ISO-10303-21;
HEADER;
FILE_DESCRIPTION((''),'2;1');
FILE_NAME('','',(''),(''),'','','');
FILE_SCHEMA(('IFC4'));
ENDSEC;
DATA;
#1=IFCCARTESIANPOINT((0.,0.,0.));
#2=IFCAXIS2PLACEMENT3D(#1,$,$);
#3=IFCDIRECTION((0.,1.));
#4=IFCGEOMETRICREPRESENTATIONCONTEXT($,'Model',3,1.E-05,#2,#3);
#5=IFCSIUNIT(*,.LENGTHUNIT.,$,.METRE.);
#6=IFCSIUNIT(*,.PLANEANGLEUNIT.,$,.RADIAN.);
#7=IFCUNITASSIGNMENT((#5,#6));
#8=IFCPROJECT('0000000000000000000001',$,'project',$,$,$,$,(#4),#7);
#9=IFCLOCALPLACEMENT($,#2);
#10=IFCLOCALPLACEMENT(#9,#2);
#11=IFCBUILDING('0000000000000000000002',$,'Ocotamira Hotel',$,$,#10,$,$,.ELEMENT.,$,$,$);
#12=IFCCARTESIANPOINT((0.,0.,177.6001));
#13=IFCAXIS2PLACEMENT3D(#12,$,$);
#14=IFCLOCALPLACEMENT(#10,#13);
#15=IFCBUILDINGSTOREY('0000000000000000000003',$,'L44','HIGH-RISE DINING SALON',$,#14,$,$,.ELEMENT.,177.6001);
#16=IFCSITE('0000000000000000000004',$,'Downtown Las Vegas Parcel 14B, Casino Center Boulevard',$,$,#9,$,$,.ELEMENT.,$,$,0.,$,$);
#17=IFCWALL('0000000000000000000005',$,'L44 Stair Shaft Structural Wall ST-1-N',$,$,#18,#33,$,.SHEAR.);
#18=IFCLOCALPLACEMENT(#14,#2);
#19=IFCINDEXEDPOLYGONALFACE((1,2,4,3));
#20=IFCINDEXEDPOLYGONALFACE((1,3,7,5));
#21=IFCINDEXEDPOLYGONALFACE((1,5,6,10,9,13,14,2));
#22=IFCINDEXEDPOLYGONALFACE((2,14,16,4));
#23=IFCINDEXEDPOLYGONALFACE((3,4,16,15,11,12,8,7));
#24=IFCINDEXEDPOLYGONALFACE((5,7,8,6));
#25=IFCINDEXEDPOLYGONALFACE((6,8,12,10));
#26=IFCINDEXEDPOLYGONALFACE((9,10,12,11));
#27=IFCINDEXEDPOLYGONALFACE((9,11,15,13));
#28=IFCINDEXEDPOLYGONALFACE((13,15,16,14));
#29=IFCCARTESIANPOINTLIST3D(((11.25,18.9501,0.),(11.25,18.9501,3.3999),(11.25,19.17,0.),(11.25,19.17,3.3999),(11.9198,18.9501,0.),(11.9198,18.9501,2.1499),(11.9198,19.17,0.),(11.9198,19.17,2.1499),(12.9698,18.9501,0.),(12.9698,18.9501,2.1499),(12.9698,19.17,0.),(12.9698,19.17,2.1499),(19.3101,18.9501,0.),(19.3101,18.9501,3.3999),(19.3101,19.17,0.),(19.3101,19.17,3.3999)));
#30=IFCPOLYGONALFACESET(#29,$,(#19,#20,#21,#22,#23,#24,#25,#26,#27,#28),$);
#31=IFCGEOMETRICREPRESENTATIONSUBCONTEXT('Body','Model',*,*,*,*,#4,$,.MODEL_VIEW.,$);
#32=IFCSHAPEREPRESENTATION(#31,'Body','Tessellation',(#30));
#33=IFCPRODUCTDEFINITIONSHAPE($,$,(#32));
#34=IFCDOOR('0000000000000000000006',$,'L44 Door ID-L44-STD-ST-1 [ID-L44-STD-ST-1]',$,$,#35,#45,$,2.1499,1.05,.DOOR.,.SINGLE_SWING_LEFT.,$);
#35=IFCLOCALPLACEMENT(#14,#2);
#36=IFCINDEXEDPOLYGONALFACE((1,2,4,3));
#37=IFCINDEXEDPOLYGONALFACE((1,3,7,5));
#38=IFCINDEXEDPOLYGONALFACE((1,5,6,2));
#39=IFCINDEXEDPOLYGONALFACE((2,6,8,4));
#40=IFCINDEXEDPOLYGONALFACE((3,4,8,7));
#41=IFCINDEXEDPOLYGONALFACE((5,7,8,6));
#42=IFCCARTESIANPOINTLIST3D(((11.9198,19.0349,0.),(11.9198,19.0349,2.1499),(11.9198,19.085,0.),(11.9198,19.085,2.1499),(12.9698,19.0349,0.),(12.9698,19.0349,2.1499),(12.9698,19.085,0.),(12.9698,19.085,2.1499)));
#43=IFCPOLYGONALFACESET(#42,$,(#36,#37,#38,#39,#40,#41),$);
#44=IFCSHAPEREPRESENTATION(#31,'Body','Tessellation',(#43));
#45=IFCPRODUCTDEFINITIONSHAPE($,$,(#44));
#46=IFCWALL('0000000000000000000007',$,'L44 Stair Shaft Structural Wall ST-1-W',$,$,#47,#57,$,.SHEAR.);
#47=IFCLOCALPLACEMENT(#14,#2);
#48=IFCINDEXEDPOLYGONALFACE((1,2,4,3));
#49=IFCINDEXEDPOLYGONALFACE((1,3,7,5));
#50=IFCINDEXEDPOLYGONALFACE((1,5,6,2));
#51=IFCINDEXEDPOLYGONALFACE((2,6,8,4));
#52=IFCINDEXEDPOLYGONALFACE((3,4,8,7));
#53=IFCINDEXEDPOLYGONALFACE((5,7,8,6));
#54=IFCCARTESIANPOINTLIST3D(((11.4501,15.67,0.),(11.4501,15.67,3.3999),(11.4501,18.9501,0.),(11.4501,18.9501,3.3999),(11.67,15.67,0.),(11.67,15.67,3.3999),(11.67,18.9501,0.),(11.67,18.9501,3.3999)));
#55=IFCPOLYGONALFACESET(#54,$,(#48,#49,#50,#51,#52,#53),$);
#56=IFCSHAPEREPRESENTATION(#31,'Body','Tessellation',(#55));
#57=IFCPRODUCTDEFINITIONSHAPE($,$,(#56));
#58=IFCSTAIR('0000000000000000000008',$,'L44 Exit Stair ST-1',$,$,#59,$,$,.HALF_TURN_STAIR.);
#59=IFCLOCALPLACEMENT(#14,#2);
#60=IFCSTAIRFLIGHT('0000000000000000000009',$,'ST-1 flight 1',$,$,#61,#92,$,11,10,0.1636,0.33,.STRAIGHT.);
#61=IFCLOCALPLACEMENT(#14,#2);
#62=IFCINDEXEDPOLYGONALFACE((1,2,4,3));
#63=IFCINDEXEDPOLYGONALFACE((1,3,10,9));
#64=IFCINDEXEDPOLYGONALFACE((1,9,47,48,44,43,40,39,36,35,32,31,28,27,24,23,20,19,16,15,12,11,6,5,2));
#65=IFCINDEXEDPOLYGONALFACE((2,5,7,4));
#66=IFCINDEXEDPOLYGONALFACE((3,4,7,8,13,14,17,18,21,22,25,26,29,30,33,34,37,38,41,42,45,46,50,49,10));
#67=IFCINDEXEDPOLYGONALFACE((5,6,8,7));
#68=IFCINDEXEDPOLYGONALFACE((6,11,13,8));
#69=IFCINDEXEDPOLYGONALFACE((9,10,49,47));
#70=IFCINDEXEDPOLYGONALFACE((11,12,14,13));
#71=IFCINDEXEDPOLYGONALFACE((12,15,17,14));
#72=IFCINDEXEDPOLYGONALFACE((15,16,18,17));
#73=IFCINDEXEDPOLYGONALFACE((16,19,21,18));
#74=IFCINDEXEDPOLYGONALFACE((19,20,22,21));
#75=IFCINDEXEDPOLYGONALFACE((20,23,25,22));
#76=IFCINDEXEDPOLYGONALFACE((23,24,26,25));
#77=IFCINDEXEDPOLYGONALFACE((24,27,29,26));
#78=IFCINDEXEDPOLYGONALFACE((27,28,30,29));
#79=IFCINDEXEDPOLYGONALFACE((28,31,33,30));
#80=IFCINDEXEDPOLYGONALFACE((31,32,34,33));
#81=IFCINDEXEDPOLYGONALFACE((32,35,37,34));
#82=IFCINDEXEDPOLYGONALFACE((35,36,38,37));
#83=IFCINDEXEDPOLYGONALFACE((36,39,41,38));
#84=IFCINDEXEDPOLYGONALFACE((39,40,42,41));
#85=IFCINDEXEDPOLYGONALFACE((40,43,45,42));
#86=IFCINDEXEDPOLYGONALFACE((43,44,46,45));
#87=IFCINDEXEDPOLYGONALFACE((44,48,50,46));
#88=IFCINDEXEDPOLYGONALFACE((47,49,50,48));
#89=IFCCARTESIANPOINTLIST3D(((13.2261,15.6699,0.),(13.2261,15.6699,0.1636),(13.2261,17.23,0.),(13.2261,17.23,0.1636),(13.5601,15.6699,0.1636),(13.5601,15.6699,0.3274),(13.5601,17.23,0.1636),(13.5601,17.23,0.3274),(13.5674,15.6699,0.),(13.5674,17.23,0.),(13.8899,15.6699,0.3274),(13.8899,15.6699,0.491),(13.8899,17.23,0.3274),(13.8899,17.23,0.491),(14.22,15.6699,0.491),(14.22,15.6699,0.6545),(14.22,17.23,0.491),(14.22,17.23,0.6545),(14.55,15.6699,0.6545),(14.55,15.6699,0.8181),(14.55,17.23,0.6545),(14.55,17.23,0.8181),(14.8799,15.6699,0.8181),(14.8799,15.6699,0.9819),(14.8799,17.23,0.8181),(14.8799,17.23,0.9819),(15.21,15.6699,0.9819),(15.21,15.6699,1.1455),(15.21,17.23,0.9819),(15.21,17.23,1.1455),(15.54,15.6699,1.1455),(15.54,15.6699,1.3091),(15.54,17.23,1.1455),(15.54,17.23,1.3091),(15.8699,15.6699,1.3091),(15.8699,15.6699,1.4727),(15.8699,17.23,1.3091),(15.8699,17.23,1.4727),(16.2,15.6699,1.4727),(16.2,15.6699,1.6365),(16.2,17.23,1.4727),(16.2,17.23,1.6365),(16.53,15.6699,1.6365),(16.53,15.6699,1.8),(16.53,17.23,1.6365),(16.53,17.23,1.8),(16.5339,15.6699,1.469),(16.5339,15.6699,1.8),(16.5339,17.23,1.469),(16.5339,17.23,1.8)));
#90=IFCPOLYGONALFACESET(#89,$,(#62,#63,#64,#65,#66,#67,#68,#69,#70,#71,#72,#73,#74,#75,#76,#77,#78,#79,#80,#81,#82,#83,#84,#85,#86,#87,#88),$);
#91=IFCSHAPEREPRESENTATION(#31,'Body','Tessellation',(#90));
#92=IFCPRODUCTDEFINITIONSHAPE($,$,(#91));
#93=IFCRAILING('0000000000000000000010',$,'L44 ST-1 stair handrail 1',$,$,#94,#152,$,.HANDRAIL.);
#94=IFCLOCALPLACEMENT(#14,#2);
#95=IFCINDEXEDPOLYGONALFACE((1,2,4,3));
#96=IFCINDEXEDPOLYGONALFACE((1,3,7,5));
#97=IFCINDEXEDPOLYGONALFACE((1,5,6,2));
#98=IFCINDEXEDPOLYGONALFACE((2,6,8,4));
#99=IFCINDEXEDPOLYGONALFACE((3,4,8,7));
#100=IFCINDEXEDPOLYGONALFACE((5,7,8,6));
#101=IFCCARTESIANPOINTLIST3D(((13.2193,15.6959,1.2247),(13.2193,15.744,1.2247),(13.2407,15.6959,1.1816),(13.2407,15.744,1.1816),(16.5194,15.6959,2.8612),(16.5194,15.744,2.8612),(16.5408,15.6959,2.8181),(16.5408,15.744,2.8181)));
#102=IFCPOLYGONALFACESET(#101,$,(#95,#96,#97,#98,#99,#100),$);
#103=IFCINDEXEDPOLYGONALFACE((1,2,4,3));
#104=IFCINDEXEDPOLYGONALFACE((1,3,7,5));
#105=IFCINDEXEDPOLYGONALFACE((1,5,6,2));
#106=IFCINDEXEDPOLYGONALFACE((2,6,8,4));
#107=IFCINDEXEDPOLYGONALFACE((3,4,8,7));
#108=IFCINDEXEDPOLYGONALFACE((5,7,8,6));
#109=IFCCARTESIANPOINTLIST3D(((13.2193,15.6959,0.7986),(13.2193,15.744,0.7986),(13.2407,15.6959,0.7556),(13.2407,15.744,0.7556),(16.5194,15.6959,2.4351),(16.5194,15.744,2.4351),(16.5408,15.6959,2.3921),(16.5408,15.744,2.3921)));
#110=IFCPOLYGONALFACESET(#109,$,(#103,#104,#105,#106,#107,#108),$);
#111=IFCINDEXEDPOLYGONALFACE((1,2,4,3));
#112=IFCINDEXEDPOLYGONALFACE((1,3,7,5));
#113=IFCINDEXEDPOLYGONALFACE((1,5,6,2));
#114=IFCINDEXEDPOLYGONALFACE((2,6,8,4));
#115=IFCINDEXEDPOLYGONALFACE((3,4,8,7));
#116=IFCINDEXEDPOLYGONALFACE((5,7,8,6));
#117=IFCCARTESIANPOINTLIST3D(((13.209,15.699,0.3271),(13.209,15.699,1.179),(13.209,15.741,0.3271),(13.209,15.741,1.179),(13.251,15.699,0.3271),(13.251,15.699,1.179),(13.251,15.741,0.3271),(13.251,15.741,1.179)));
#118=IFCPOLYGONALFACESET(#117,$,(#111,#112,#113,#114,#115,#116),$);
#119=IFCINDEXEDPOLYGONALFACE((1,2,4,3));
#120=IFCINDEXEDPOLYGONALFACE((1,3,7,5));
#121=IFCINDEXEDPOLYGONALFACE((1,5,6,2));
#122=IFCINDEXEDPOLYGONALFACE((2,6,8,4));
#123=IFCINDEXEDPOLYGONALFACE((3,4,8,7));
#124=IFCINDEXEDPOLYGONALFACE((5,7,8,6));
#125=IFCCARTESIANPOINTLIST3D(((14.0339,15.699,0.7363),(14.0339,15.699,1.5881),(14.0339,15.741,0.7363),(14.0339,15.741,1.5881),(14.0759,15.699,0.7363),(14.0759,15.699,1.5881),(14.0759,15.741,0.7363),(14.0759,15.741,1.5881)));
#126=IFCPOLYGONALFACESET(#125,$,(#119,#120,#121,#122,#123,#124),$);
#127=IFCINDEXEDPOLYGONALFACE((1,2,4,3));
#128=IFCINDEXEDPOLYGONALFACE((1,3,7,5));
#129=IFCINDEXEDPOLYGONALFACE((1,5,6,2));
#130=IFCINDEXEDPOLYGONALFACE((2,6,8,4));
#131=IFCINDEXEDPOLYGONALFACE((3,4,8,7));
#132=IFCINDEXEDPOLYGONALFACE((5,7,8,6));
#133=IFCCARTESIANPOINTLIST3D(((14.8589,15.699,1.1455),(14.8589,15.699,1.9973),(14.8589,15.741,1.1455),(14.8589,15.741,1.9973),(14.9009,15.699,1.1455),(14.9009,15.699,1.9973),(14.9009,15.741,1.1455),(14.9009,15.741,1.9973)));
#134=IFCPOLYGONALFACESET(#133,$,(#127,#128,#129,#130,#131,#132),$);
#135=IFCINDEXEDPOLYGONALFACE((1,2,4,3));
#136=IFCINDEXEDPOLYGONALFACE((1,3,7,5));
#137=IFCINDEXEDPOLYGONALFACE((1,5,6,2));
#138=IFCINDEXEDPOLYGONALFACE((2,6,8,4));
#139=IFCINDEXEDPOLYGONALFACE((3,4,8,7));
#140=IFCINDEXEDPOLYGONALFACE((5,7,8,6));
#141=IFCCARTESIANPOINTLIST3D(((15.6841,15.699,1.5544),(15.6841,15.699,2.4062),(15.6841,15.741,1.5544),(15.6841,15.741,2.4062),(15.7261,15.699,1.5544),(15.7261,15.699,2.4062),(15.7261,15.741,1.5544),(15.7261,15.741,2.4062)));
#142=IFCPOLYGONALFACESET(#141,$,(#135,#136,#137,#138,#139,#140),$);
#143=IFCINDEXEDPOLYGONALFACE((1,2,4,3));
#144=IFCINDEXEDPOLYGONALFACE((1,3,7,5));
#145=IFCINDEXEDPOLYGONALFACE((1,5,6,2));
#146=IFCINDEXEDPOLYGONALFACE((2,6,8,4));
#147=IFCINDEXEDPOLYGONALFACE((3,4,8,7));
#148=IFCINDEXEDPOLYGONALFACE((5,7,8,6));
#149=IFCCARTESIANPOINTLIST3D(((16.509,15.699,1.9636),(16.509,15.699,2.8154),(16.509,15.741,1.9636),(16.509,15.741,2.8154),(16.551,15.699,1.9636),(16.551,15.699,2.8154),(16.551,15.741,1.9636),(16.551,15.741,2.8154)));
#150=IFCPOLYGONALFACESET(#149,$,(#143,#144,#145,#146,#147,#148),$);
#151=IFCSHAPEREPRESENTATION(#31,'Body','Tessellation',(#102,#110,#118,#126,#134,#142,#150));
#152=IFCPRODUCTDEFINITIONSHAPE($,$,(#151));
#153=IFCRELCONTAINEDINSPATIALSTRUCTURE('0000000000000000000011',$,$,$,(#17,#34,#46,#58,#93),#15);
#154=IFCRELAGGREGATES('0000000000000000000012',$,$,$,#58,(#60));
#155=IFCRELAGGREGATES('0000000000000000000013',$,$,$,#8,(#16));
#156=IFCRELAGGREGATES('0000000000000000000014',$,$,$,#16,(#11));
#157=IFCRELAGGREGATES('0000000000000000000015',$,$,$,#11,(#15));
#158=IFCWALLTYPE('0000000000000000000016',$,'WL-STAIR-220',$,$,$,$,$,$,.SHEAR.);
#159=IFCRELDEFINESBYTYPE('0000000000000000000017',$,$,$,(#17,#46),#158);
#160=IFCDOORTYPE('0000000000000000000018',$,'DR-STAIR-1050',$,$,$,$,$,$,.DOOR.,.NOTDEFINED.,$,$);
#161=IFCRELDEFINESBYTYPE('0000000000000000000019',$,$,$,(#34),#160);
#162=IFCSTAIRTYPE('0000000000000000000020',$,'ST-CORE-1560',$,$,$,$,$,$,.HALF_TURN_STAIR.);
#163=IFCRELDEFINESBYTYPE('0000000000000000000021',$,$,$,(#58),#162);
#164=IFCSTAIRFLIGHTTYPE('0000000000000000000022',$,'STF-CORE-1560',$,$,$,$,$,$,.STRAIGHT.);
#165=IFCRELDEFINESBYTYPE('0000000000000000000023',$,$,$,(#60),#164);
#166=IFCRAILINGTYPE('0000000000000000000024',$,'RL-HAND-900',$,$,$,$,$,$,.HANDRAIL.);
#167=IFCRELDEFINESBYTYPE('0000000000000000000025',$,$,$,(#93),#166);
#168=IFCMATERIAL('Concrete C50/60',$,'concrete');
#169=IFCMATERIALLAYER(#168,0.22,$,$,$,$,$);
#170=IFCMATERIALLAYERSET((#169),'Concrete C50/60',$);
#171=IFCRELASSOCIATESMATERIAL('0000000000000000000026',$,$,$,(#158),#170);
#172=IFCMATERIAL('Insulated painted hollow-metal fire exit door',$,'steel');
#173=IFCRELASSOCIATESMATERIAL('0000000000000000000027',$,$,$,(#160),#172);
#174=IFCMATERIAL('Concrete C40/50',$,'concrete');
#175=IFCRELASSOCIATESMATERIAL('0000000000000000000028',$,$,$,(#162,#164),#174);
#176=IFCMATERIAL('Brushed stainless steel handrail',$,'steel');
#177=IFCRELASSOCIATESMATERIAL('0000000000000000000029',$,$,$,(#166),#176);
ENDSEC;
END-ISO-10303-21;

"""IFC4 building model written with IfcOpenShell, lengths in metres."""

from ifc_helpers import new_model, si_unit, direction, frame, frame_2d, origin, origin_2d, place, context, subcontext, project, spatial, polyline, rectangle, outline, extrude, source, transform, mapped, material, layer, layer_set, type_object, element, fill, aggregate, save


model = new_model("IFC4")

# Units and contexts
model_context = context("Model", 3, precision=1e-05, world=origin(), true_north=direction((0.0, 1.0)))
body_context = subcontext(model_context, "Body", "Model", "MODEL_VIEW")
ifc_project = project(units=[si_unit("LENGTHUNIT", "METRE"), si_unit("PLANEANGLEUNIT", "RADIAN")], contexts=[model_context])

# Site, building, storey
site_placement = place(None, origin())
site = spatial("IfcSite", under=ifc_project, at=site_placement, Name="Downtown Las Vegas Parcel 14B, Casino Center Boulevard", CompositionType="ELEMENT", RefElevation=0.0)
building_placement = place(site_placement, origin())
building = spatial("IfcBuilding", under=site, at=building_placement, Name="Ocotamira Hotel", CompositionType="ELEMENT")
storey_placement = place(building_placement, frame((0.0, 0.0, 177.6001)))
storey = spatial("IfcBuildingStorey", under=building, at=storey_placement, Name="L44", Description="HIGH-RISE DINING SALON", CompositionType="ELEMENT", Elevation=177.6001)

# Shared definitions
ifc_material_1 = material(Name="Concrete C50/60", Category="concrete")

# Shared definitions
ifc_layer_1 = layer(ifc_material_1, 0.22)
ifc_layer_set_1 = layer_set([ifc_layer_1], Name="Concrete C50/60")
wall_type_1 = type_object("IfcWallType", Name="WL-STAIR-220", PredefinedType="SHEAR", material=ifc_layer_set_1)

# Wall, opening, door
wall_1_placement = place(storey_placement, frame((11.25, 19.0601, 0.0), z_axis=(0.0, 0.0, 1.0), x_axis=(1.0, 0.0, 0.0)))
wall_1 = element("IfcWall", 1, at=wall_1_placement, inside=storey, type_object=wall_type_1, Name="L44 Stair Shaft Structural Wall ST-1-N", PredefinedType="SHEAR", context=body_context, shape_type="SweptSolid", body=[
    extrude(rectangle(XDim=8.0601, YDim=0.22, at=frame_2d((4.03, 0.0))), origin(), (0.0, 0.0, 1.0), 3.3999),
])
opening_1_placement = place(wall_1_placement, frame((0.6699, 0.0, 0.0)))
opening_1 = element("IfcOpeningElement", 2, at=opening_1_placement, cuts=wall_1, PredefinedType="OPENING", context=body_context, shape_type="SweptSolid", body=[
    extrude(rectangle(XDim=1.05, YDim=2.1499, at=frame_2d((0.5249, 1.075))), frame((0.0, 0.1201, 0.0), z_axis=(0.0, -1.0, 0.0), x_axis=(1.0, 0.0, 0.0)), (0.0, 0.0, 1.0), 0.24),
])
ifc_material_2 = material(Name="Insulated painted hollow-metal fire exit door", Category="steel")
door_type_1 = type_object("IfcDoorType", Name="DR-STAIR-1050", OperationType="NOTDEFINED", PredefinedType="DOOR", material=ifc_material_2)
shared_shape_1 = source(origin(), body_context, "Body", "SweptSolid", [
    extrude(rectangle(XDim=1.05, YDim=2.1499, at=frame_2d((0.5249, 1.075))), frame((0.0, 0.0249, 0.0), z_axis=(0.0, -1.0, 0.0), x_axis=(1.0, 0.0, 0.0)), (0.0, 0.0, 1.0), 0.05),
])
door_1_placement = place(opening_1_placement, origin())
door_1 = element("IfcDoor", 3, at=door_1_placement, inside=storey, type_object=door_type_1, Name="L44 Door ID-L44-STD-ST-1 [ID-L44-STD-ST-1]", OperationType="SINGLE_SWING_LEFT", OverallHeight=2.1499, OverallWidth=1.05, PredefinedType="DOOR", context=body_context, shape_type="MappedRepresentation", body=[
    mapped(shared_shape_1, transform((0.0, 0.0, 0.0), scale=1.0)),
])
fill(opening_1, door_1)

# Wall
wall_2_placement = place(storey_placement, frame((11.5601, 15.6699, 0.0), z_axis=(0.0, 0.0, 1.0), x_axis=(0.0, 1.0, 0.0)))
element("IfcWall", 4, at=wall_2_placement, inside=storey, type_object=wall_type_1, Name="L44 Stair Shaft Structural Wall ST-1-W", PredefinedType="SHEAR", context=body_context, shape_type="SweptSolid", body=[
    extrude(rectangle(XDim=3.28, YDim=0.22, at=frame_2d((1.6401, 0.0))), origin(), (0.0, 0.0, 1.0), 3.3999),
])

# Stair, stair flight
ifc_material_3 = material(Name="Concrete C40/50", Category="concrete")
stair_type = type_object("IfcStairType", Name="ST-CORE-1560", PredefinedType="HALF_TURN_STAIR", material=ifc_material_3)
stair_placement = place(storey_placement, origin())
stair = element("IfcStair", 5, at=stair_placement, inside=storey, type_object=stair_type, Name="L44 Exit Stair ST-1", PredefinedType="HALF_TURN_STAIR")
stair_flight_type = type_object("IfcStairFlightType", Name="STF-CORE-1560", PredefinedType="STRAIGHT", material=ifc_material_3)
shared_shape_2 = source(origin(), body_context, "Body", "SweptSolid", [
    extrude(outline(polyline([(-0.0039, 0.0), (-0.0039, 0.1636), (0.3301, 0.1636), (0.3301, 0.3274), (0.6599, 0.3274), (0.6599, 0.491), (0.99, 0.491), (0.99, 0.6545), (1.3201, 0.6545), (1.3201, 0.8181), (1.6499, 0.8181), (1.6499, 0.9819), (1.98, 0.9819), (1.98, 1.1455), (2.3101, 1.1455), (2.3101, 1.3091), (2.6399, 1.3091), (2.6399, 1.4727), (2.97, 1.4727), (2.97, 1.6365), (3.3, 1.6365), (3.3, 1.8), (3.304, 1.8), (3.304, 1.469), (0.3374, 0.0), (-0.0039, 0.0)])), frame((0.0, 0.78, 0.0), z_axis=(0.0, -1.0, 0.0), x_axis=(1.0, 0.0, 0.0)), (0.0, 0.0, 1.0), 1.5601),
])
stair_flight_placement = place(storey_placement, frame((13.23, 16.45, 0.0), z_axis=(0.0, 0.0, 1.0), x_axis=(1.0, 0.0, 0.0)))
stair_flight = element("IfcStairFlight", 6, at=stair_flight_placement, type_object=stair_flight_type, Name="ST-1 flight 1", NumberOfRisers=11, NumberOfTreads=10, PredefinedType="STRAIGHT", RiserHeight=0.1636, TreadLength=0.33, context=body_context, shape_type="MappedRepresentation", body=[
    mapped(shared_shape_2, transform((0.0, 0.0, 0.0), scale=1.0)),
])
aggregate(stair, [stair_flight])

# Railing
ifc_material_4 = material(Name="Brushed stainless steel handrail", Category="steel")
railing_type_1 = type_object("IfcRailingType", Name="RL-HAND-900", PredefinedType="HANDRAIL", material=ifc_material_4)
railing_1_placement = place(storey_placement, frame((13.23, 15.72, 0.3271)))
element("IfcRailing", 7, at=railing_1_placement, inside=storey, type_object=railing_type_1, Name="L44 ST-1 stair handrail 1", PredefinedType="HANDRAIL", context=body_context, shape_type="SweptSolid", body=[
    extrude(rectangle(XDim=0.0481, YDim=0.0481, at=origin_2d()), frame((0.0, 0.0, 0.876), z_axis=(0.895894, 0.0, 0.444268), x_axis=(0.0, 1.0, 0.0)), (0.0, 0.0, 1.0), 3.6836),
    extrude(rectangle(XDim=0.0481, YDim=0.0481, at=origin_2d()), frame((0.0, 0.0, 0.45), z_axis=(0.895894, 0.0, 0.444268), x_axis=(0.0, 1.0, 0.0)), (0.0, 0.0, 1.0), 3.6836),
    extrude(rectangle(XDim=0.042, YDim=0.042, at=origin_2d()), origin(), (0.0, 0.0, 1.0), 0.8518),
    extrude(rectangle(XDim=0.042, YDim=0.042, at=origin_2d()), frame((0.825, 0.0, 0.4092)), (0.0, 0.0, 1.0), 0.8518),
    extrude(rectangle(XDim=0.042, YDim=0.042, at=origin_2d()), frame((1.6499, 0.0, 0.8184)), (0.0, 0.0, 1.0), 0.8518),
    extrude(rectangle(XDim=0.042, YDim=0.042, at=origin_2d()), frame((2.4751, 0.0, 1.2273)), (0.0, 0.0, 1.0), 0.8518),
    extrude(rectangle(XDim=0.042, YDim=0.042, at=origin_2d()), frame((3.3, 0.0, 1.6365)), (0.0, 0.0, 1.0), 0.8518),
])

save(model, "model.ifc")
